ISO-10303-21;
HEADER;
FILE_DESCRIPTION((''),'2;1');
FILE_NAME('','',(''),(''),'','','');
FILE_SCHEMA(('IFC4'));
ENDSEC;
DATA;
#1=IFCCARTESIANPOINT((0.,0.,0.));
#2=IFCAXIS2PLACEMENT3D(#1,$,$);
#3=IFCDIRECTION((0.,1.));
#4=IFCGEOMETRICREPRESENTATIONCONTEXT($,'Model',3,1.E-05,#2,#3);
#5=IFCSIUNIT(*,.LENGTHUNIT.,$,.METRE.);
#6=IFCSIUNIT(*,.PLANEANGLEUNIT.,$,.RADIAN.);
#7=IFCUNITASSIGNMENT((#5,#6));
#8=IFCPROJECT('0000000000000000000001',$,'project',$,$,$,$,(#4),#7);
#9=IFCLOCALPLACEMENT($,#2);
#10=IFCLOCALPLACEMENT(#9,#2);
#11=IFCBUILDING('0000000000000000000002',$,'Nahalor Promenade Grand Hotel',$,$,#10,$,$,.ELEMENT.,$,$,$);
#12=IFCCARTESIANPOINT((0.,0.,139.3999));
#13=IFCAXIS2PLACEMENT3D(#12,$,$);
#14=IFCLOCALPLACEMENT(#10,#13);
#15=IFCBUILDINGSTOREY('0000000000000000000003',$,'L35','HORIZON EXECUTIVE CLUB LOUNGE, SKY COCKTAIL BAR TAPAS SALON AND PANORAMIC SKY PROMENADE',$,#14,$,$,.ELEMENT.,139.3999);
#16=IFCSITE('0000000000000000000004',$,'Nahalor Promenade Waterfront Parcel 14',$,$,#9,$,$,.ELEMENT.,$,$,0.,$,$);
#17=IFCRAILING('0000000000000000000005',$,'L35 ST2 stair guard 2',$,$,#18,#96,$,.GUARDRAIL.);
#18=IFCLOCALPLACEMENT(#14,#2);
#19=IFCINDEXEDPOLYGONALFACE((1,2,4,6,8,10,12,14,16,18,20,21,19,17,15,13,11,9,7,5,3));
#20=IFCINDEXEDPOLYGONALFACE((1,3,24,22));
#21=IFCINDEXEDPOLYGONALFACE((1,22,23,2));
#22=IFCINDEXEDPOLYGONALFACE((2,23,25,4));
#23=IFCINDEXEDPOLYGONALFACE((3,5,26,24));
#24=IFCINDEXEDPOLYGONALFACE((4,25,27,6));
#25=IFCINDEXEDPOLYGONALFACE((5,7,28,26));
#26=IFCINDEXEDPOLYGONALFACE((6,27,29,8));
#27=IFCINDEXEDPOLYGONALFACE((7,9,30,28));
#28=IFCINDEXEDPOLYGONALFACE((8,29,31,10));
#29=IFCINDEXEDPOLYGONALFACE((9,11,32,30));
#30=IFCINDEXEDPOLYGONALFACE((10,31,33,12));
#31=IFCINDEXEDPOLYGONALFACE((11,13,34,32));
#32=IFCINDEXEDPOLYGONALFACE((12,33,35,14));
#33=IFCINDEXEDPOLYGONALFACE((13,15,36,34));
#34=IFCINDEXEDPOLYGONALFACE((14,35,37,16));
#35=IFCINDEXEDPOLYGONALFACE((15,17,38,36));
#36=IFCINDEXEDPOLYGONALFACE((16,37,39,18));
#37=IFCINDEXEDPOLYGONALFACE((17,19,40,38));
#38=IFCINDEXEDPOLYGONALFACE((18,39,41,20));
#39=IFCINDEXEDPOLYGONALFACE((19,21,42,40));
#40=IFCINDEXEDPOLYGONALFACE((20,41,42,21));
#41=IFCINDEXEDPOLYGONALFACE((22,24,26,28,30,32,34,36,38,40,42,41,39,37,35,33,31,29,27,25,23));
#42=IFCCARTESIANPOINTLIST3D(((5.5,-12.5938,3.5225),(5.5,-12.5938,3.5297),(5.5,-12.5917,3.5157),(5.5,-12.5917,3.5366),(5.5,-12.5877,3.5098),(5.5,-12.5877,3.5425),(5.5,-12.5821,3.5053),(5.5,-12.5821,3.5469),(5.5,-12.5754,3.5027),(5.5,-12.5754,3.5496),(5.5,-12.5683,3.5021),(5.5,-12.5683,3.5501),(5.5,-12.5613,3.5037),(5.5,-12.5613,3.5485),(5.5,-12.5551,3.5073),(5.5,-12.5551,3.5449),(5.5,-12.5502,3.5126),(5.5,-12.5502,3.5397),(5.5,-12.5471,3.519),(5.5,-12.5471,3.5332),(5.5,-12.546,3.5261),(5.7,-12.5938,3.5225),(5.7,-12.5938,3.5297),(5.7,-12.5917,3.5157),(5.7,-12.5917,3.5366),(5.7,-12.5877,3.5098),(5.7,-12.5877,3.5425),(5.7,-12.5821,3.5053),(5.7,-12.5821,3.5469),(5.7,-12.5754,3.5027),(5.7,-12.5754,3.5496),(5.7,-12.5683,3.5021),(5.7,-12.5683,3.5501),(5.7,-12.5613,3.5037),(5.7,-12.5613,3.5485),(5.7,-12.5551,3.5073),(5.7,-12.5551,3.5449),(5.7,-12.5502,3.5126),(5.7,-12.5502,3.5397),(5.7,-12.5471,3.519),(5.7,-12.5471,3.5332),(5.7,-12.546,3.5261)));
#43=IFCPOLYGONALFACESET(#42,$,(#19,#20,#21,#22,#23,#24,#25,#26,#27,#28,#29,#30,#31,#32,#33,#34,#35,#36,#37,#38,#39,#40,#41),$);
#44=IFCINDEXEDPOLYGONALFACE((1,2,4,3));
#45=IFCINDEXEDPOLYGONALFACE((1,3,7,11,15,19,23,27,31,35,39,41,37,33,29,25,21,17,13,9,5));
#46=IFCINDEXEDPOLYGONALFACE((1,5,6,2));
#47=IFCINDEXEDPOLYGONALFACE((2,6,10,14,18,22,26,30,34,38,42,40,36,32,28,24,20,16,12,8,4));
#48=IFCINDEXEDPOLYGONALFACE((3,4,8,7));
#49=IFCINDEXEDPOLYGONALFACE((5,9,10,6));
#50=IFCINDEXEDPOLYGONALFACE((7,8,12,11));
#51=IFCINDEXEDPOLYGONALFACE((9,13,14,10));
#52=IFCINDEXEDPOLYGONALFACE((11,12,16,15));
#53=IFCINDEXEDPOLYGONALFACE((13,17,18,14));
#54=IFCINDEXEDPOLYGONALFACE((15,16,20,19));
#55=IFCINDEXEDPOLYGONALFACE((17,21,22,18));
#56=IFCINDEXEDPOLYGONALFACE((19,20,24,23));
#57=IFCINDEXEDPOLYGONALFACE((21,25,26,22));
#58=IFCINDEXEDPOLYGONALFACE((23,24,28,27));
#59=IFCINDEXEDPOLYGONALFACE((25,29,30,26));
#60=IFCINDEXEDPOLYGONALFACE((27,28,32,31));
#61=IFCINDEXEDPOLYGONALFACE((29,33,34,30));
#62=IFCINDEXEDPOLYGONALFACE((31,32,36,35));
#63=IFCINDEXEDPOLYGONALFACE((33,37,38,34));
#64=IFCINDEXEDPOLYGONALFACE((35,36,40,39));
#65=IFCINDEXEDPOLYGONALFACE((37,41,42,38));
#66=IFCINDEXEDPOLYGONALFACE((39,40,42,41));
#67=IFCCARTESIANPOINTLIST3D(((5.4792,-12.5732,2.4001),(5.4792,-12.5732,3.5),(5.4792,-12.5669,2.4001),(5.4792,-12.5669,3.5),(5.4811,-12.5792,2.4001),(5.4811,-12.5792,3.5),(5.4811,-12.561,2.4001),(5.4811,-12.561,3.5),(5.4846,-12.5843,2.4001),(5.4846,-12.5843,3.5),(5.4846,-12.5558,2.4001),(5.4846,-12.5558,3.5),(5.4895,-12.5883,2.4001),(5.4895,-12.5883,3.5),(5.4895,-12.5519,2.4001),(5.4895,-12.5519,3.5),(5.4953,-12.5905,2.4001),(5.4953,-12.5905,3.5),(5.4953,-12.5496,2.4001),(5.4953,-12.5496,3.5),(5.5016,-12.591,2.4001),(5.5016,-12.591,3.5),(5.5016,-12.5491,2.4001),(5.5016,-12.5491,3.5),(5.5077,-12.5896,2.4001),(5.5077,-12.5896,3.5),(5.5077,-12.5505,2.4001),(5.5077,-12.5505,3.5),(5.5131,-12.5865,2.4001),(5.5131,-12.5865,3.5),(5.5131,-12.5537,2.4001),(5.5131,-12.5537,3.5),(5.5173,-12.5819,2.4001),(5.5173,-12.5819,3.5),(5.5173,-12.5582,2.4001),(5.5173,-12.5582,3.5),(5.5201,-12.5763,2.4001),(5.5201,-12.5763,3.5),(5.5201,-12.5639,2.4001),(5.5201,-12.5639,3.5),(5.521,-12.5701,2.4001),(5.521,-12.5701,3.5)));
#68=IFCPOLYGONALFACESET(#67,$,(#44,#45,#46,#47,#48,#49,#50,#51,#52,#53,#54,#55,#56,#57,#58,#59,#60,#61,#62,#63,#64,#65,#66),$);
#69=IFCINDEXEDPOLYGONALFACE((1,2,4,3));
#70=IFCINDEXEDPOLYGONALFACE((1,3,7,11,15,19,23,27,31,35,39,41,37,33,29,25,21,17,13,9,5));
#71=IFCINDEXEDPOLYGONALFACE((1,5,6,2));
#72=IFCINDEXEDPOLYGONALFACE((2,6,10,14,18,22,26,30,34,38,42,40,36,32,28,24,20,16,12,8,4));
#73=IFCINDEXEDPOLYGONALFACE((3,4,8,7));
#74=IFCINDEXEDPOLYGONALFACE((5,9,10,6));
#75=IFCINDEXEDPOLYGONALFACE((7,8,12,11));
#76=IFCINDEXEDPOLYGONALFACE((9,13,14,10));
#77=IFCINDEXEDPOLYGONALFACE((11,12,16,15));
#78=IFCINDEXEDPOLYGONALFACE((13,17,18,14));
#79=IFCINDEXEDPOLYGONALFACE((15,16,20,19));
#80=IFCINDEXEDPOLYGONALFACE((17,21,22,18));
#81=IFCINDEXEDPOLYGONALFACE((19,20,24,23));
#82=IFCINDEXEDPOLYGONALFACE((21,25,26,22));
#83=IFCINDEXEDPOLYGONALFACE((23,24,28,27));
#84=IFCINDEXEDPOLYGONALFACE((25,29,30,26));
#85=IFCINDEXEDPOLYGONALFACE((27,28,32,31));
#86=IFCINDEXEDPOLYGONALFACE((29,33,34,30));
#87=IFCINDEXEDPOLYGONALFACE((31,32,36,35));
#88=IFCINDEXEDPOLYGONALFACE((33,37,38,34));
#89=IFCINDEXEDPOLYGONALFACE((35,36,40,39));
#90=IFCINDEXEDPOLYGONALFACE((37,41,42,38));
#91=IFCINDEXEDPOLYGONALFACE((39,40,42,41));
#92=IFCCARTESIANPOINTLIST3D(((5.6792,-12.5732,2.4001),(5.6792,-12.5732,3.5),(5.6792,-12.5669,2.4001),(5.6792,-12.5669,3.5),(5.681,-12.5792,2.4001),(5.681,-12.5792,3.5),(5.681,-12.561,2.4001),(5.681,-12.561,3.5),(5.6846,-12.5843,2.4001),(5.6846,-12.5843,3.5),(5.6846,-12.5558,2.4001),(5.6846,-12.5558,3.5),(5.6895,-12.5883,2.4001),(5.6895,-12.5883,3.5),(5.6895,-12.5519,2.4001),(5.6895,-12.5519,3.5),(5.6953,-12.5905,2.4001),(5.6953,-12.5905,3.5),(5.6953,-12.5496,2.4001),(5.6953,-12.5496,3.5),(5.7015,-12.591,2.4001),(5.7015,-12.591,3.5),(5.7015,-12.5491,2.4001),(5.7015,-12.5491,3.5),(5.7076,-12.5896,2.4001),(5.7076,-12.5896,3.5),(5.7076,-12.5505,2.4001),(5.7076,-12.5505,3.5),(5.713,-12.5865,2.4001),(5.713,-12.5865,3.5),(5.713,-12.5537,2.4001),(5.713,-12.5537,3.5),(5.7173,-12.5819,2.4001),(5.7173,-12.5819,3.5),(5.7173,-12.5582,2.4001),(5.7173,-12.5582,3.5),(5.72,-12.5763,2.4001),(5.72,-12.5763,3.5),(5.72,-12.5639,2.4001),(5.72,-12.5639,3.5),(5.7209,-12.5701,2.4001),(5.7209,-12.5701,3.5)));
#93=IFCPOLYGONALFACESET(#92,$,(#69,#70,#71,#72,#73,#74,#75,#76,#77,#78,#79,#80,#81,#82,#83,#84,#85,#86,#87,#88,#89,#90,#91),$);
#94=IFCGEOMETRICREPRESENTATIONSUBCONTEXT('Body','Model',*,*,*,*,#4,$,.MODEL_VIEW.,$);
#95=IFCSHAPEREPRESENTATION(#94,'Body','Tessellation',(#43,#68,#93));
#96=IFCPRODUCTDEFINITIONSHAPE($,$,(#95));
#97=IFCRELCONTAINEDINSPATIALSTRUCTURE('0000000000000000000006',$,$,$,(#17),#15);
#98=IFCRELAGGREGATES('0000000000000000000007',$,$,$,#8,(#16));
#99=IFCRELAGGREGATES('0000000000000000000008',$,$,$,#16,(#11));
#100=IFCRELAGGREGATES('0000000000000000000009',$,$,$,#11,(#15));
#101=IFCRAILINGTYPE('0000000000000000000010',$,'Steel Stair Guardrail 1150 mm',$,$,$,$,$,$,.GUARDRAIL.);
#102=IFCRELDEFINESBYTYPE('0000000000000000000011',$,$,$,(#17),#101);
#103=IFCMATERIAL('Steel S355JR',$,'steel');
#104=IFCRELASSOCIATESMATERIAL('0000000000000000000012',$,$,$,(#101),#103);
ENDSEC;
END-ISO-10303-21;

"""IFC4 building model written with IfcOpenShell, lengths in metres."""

from ifc_helpers import new_model, si_unit, direction, frame, origin, origin_2d, place, context, subcontext, project, spatial, circle, extrude, material, type_object, element, save


model = new_model("IFC4")

# Units and contexts
model_context = context("Model", 3, precision=1e-05, world=origin(), true_north=direction((0.0, 1.0)))
body_context = subcontext(model_context, "Body", "Model", "MODEL_VIEW")
ifc_project = project(units=[si_unit("LENGTHUNIT", "METRE"), si_unit("PLANEANGLEUNIT", "RADIAN")], contexts=[model_context])

# Site, building, storey
site_placement = place(None, origin())
site = spatial("IfcSite", under=ifc_project, at=site_placement, Name="Nahalor Promenade Waterfront Parcel 14", CompositionType="ELEMENT", RefElevation=0.0)
building_placement = place(site_placement, origin())
building = spatial("IfcBuilding", under=site, at=building_placement, Name="Nahalor Promenade Grand Hotel", CompositionType="ELEMENT")
storey_placement = place(building_placement, frame((0.0, 0.0, 139.3999)))
storey = spatial("IfcBuildingStorey", under=building, at=storey_placement, Name="L35", Description="HORIZON EXECUTIVE CLUB LOUNGE, SKY COCKTAIL BAR TAPAS SALON AND PANORAMIC SKY PROMENADE", CompositionType="ELEMENT", Elevation=139.3999)

# Shared definitions
ifc_material_1 = material(Name="Steel S355JR", Category="steel")

# Railing
railing_type_1 = type_object("IfcRailingType", Name="Steel Stair Guardrail 1150 mm", PredefinedType="GUARDRAIL", material=ifc_material_1)
railing_1_placement = place(storey_placement, frame((5.5, -12.5701, 2.4001)))
element("IfcRailing", 1, at=railing_1_placement, inside=storey, type_object=railing_type_1, Name="L35 ST2 stair guard 2", PredefinedType="GUARDRAIL", context=body_context, shape_type="SweptSolid", body=[
    extrude(circle(Radius=0.024, at=origin_2d()), frame((0.0, 0.0, 1.126), z_axis=(1.0, 0.0, 0.0), x_axis=(0.0, 1.0, 0.0)), (0.0, 0.0, 1.0), 0.2),
    extrude(circle(Radius=0.021, at=origin_2d()), origin(), (0.0, 0.0, 1.0), 1.0999),
    extrude(circle(Radius=0.021, at=origin_2d()), frame((0.2, 0.0, 0.0)), (0.0, 0.0, 1.0), 1.0999),
])

save(model, "model.ifc")
